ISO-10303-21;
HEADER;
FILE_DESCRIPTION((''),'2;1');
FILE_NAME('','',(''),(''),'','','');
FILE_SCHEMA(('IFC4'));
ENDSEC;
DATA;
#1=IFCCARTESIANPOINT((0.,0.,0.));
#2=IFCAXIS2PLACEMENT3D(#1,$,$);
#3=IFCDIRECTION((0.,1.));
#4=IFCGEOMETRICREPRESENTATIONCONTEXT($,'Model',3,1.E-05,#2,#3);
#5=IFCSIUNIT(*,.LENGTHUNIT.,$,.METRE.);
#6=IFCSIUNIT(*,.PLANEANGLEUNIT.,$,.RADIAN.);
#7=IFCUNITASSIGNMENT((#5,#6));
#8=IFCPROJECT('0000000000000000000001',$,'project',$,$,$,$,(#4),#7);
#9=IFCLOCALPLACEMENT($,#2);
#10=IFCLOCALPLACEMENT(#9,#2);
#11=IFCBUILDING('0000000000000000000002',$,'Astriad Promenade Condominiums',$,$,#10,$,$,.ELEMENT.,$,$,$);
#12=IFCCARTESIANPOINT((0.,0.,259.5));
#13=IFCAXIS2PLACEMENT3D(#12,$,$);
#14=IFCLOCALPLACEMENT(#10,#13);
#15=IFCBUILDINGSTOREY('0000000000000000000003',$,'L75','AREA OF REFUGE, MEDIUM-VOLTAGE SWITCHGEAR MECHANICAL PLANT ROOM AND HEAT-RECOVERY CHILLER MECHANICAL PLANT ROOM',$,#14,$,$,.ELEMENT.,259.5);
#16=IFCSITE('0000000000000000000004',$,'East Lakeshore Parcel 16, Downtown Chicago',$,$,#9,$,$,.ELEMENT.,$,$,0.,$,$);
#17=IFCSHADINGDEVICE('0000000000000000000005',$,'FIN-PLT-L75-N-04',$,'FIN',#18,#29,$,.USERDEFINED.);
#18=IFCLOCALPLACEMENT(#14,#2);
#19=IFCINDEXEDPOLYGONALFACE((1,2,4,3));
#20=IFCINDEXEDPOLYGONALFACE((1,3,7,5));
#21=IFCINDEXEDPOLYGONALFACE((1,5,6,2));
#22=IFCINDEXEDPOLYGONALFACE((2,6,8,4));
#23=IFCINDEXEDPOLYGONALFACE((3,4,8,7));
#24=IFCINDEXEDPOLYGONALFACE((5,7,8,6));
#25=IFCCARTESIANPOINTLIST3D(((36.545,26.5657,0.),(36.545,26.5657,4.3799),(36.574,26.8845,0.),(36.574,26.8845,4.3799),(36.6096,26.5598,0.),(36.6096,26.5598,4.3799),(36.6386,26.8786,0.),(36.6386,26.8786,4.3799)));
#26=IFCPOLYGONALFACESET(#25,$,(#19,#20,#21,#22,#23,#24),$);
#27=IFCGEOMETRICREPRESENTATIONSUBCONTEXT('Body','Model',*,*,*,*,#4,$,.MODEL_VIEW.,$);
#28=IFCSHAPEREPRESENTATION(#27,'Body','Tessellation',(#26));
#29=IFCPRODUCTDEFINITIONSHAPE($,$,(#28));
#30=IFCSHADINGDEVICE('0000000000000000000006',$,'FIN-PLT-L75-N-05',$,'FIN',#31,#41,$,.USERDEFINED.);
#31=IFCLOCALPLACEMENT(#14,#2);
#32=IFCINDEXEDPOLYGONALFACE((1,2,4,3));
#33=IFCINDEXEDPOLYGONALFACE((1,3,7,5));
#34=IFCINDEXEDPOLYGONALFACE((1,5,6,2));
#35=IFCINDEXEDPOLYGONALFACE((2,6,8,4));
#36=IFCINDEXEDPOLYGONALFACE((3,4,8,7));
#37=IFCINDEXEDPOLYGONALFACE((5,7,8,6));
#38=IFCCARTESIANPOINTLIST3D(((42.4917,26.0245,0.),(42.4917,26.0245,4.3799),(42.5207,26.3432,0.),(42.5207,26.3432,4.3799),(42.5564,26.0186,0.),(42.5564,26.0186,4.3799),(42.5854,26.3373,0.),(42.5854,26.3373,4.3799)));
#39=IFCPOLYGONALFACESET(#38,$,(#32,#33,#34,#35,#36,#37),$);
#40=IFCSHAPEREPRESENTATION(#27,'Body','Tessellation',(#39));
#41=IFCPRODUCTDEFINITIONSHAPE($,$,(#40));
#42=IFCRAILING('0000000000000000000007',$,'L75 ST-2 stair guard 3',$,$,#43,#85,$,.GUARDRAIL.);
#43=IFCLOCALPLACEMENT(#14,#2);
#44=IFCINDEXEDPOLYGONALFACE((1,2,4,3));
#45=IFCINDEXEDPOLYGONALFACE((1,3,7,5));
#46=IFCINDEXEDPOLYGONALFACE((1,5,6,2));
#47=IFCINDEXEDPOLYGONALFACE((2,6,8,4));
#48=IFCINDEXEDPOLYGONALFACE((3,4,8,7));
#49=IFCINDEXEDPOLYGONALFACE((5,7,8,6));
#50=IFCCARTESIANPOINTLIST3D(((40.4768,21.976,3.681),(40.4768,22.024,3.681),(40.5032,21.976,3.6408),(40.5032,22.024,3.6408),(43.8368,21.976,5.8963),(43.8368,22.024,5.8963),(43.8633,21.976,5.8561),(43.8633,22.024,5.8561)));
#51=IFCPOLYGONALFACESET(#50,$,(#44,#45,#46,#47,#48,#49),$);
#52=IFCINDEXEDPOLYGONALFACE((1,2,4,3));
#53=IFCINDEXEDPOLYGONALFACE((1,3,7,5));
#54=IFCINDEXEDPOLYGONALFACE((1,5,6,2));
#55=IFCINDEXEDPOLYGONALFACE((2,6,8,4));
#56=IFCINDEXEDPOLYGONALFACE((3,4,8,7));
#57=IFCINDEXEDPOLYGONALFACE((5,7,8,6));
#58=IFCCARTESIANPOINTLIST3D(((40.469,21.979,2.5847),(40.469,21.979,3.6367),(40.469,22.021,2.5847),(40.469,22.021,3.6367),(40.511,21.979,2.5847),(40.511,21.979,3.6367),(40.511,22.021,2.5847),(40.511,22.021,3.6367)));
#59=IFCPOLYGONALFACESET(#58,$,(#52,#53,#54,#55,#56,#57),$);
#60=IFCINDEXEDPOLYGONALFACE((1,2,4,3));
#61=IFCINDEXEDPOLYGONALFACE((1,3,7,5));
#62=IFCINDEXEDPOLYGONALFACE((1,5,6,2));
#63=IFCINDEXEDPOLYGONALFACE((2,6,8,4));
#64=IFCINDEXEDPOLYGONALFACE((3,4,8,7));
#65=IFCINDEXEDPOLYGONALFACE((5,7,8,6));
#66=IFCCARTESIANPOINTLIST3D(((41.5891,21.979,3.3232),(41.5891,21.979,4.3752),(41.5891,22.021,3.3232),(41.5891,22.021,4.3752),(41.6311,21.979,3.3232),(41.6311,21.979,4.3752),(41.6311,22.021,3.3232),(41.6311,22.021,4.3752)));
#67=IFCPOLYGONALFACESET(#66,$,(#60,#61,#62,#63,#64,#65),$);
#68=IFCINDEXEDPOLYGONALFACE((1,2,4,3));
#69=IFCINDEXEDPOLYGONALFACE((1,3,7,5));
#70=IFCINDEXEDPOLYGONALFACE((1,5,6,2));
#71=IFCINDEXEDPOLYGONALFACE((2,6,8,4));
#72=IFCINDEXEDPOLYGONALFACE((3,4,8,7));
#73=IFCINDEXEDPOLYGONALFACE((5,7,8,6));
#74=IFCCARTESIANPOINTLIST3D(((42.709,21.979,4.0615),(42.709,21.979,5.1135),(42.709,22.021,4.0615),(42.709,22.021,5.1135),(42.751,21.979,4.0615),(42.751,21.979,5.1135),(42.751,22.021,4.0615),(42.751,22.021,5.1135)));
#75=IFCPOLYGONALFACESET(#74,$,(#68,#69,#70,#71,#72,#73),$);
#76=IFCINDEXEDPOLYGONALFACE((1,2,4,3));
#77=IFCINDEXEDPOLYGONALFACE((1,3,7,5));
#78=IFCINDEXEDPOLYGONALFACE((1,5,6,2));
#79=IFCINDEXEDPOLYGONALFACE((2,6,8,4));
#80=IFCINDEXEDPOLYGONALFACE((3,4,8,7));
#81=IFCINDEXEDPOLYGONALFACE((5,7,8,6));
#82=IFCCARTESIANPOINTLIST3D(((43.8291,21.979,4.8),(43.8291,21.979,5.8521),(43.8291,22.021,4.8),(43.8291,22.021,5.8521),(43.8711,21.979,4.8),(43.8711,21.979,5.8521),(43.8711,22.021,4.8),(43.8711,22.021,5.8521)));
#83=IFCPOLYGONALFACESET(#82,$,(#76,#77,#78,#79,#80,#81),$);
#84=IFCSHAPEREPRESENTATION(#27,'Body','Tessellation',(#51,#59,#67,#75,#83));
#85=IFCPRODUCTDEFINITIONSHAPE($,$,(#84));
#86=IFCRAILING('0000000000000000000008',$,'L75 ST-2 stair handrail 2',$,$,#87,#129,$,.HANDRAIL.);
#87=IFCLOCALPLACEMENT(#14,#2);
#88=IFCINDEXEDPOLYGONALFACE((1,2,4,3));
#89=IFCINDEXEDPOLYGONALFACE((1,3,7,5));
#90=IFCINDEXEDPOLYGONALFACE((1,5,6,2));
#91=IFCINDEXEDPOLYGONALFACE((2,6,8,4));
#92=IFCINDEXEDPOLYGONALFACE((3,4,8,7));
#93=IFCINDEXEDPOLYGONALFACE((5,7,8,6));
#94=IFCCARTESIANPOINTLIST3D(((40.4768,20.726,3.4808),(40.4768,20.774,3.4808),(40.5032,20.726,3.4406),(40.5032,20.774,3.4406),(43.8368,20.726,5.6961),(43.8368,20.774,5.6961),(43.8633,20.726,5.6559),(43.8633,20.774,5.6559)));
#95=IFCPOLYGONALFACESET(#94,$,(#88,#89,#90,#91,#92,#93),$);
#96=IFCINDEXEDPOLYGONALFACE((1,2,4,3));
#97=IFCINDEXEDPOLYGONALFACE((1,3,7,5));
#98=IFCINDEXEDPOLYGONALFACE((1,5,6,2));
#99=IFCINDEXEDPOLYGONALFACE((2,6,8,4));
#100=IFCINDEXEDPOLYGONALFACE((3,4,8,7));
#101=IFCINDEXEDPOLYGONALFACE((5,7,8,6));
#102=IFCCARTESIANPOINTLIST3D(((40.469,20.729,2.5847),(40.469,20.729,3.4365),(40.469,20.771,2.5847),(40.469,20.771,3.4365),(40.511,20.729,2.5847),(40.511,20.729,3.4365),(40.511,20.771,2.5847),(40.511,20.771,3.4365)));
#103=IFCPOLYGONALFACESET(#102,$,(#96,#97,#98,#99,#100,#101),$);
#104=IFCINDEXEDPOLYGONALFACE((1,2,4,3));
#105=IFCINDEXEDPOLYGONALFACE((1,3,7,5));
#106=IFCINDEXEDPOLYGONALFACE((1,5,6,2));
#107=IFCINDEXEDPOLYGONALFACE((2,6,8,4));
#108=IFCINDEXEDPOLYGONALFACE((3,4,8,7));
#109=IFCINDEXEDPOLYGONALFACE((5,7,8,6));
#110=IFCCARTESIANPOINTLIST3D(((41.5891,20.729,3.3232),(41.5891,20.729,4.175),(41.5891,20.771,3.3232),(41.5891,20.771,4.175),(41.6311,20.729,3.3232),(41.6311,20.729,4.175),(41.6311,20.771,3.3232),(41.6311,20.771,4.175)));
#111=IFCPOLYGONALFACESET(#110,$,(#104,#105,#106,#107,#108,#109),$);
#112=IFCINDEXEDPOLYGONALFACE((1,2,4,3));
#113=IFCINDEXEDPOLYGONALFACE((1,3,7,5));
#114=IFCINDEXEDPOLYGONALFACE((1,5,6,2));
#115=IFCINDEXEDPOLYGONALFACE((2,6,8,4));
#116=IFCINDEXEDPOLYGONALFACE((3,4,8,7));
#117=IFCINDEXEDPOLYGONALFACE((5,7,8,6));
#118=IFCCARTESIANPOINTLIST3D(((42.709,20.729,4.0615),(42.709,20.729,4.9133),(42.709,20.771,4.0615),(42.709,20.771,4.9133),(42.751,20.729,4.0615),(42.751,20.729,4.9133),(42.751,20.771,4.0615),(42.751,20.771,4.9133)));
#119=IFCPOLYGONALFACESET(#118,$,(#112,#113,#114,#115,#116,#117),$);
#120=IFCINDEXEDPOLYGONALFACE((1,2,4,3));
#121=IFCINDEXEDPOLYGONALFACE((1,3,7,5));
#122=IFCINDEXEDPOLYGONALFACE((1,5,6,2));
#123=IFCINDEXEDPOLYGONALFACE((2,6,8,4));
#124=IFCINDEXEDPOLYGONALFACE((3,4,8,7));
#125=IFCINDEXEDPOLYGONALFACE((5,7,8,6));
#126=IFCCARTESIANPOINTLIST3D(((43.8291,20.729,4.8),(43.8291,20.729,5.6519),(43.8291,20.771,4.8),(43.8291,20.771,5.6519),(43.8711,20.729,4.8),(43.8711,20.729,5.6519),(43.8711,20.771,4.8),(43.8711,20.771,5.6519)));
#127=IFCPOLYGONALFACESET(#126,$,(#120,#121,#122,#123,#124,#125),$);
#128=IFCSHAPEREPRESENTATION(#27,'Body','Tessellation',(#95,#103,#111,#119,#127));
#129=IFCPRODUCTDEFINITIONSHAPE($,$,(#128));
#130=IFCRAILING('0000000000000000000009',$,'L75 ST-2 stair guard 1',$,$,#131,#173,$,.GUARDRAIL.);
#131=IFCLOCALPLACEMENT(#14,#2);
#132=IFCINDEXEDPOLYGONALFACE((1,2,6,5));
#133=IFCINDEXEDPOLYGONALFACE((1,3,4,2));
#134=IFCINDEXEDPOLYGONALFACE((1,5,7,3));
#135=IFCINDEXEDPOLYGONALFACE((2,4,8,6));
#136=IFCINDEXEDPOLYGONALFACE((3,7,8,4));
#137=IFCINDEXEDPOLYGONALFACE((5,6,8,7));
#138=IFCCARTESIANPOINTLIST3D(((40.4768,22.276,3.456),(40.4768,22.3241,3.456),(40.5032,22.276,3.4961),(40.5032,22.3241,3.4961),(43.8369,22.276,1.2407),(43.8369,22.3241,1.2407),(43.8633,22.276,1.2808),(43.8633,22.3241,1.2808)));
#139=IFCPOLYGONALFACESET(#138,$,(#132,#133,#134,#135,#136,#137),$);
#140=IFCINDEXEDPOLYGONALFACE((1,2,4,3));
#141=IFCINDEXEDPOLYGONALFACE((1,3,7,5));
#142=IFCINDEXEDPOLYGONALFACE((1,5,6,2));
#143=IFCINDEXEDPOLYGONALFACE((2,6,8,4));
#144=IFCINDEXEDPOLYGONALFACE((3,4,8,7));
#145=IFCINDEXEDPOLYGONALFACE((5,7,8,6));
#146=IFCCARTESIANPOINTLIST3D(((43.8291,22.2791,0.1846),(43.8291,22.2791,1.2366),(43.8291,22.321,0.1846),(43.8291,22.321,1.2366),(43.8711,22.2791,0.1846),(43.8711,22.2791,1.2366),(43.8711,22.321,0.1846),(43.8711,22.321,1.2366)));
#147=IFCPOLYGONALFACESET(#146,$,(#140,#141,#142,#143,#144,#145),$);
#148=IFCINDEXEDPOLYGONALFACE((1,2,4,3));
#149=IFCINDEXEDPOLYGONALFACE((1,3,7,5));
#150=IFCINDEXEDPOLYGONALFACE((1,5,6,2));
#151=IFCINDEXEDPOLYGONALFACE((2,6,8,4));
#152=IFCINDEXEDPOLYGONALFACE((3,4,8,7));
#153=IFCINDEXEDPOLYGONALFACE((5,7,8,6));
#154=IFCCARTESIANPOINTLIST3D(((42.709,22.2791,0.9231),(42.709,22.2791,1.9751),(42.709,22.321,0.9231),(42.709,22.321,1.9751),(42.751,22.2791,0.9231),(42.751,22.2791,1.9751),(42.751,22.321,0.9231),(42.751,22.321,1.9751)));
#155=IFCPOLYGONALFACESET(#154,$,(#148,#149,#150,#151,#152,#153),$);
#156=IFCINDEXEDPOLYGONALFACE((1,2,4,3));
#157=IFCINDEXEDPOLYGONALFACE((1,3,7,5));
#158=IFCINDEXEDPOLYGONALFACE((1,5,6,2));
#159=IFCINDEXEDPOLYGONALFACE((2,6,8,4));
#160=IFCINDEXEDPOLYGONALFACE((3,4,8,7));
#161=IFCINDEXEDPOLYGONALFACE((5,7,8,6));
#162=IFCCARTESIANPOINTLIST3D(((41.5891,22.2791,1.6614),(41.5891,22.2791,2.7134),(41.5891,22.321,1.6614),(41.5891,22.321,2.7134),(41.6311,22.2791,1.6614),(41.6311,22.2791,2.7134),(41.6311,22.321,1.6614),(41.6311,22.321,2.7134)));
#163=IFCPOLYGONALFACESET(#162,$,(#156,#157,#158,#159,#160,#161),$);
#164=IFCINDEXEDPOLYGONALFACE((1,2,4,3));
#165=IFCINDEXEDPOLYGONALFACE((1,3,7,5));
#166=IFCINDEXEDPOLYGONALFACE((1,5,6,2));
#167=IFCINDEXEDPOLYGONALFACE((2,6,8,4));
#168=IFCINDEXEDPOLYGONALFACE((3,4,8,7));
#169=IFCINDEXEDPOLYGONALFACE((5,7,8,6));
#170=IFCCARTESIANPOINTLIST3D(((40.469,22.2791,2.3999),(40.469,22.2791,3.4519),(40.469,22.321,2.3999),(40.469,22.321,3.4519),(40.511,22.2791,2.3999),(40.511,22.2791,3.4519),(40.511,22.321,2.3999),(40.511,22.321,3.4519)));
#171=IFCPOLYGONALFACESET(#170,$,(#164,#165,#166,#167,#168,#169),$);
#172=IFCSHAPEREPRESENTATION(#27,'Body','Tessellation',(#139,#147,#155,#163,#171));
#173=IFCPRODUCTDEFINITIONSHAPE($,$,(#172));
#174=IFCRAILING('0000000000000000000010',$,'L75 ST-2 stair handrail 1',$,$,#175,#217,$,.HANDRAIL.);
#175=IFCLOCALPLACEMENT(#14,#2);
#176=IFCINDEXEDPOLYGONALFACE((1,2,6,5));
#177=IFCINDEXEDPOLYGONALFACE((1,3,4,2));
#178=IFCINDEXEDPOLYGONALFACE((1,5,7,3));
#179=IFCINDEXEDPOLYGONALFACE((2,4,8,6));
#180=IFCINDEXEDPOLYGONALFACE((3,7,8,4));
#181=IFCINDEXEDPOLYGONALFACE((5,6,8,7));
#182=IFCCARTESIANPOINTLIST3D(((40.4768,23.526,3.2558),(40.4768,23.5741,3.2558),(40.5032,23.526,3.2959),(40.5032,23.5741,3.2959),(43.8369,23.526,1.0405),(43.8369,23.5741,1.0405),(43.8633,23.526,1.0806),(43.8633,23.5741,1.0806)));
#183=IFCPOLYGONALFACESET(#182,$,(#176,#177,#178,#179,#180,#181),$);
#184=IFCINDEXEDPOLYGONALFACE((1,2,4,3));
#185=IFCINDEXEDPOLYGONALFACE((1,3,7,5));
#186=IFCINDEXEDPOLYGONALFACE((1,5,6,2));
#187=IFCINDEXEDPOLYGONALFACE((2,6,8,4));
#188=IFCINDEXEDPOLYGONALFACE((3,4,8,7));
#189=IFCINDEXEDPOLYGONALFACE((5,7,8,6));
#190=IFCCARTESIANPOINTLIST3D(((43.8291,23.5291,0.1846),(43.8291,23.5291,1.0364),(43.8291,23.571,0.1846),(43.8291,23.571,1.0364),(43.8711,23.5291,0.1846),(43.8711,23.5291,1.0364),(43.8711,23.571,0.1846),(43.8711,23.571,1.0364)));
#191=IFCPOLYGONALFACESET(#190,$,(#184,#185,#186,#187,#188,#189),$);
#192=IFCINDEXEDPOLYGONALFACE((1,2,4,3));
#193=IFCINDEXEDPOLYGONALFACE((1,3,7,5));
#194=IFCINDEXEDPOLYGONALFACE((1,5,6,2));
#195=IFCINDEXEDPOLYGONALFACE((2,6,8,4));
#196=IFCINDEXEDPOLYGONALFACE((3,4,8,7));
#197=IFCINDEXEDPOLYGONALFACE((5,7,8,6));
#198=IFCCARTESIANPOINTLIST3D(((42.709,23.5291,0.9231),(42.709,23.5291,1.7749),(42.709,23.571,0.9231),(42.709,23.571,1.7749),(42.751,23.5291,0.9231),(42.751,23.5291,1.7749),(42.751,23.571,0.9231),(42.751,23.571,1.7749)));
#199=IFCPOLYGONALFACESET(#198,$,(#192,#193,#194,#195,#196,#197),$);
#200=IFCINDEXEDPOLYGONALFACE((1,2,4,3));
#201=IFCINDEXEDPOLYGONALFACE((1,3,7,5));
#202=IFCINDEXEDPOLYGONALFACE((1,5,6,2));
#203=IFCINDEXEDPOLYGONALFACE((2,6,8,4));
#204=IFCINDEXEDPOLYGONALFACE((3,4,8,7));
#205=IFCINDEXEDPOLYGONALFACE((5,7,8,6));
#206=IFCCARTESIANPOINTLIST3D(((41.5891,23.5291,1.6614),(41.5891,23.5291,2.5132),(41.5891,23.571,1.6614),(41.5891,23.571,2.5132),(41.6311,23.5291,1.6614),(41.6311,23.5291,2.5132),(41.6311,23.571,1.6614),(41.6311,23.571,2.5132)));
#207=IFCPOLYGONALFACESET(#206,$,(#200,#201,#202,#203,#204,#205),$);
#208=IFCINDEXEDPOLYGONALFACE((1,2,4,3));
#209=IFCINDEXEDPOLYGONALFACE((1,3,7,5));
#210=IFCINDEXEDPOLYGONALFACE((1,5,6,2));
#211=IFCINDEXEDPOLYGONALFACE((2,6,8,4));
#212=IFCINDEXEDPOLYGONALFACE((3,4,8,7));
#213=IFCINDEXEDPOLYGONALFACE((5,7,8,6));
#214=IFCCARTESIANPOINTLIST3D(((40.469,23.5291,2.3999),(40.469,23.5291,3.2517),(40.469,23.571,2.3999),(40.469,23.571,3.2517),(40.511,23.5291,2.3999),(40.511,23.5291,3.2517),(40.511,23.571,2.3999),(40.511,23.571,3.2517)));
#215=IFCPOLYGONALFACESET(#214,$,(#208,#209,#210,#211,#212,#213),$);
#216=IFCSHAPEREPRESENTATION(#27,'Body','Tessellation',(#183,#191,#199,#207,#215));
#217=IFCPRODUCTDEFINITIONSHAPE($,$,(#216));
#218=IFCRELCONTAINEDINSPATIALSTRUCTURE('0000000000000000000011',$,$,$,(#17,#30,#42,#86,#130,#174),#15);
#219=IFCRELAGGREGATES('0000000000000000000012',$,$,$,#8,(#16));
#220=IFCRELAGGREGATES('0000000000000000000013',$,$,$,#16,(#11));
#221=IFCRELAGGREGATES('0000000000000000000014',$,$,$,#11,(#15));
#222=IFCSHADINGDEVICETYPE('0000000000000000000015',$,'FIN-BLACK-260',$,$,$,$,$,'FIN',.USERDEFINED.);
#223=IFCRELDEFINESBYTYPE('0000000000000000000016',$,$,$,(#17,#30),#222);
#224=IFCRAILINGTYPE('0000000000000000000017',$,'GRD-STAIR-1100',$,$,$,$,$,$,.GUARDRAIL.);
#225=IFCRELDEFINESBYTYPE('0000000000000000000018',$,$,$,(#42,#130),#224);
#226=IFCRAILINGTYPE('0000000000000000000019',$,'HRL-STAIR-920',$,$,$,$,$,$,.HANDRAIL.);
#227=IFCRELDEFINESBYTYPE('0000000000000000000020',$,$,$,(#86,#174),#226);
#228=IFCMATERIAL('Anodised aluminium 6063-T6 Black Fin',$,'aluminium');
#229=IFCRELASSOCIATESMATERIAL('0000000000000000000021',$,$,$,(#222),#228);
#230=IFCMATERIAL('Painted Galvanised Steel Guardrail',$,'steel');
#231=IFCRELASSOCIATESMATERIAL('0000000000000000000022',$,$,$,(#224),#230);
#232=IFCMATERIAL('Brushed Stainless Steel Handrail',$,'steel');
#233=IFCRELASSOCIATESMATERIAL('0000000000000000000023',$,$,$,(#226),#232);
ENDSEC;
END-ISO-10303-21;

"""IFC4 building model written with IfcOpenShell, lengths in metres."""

from ifc_helpers import new_model, si_unit, direction, frame, origin, origin_2d, place, context, subcontext, project, spatial, rectangle, extrude, source, transform, mapped, material, type_object, type_shapes, element, save


model = new_model("IFC4")

# Units and contexts
model_context = context("Model", 3, precision=1e-05, world=origin(), true_north=direction((0.0, 1.0)))
body_context = subcontext(model_context, "Body", "Model", "MODEL_VIEW")
ifc_project = project(units=[si_unit("LENGTHUNIT", "METRE"), si_unit("PLANEANGLEUNIT", "RADIAN")], contexts=[model_context])

# Site, building, storey
site_placement = place(None, origin())
site = spatial("IfcSite", under=ifc_project, at=site_placement, Name="East Lakeshore Parcel 16, Downtown Chicago", CompositionType="ELEMENT", RefElevation=0.0)
building_placement = place(site_placement, origin())
building = spatial("IfcBuilding", under=site, at=building_placement, Name="Astriad Promenade Condominiums", CompositionType="ELEMENT")
storey_placement = place(building_placement, frame((0.0, 0.0, 259.5)))
storey = spatial("IfcBuildingStorey", under=building, at=storey_placement, Name="L75", Description="AREA OF REFUGE, MEDIUM-VOLTAGE SWITCHGEAR MECHANICAL PLANT ROOM AND HEAT-RECOVERY CHILLER MECHANICAL PLANT ROOM", CompositionType="ELEMENT", Elevation=259.5)

# Shading devices
ifc_material_1 = material(Name="Anodised aluminium 6063-T6 Black Fin", Category="aluminium")
shading_device_type_1 = type_object("IfcShadingDeviceType", Name="FIN-BLACK-260", ElementType="FIN", PredefinedType="USERDEFINED", material=ifc_material_1)
shared_shape_1 = source(origin(), body_context, "Body", "SweptSolid", [
    extrude(rectangle(XDim=0.0649, YDim=0.3201, at=origin_2d()), origin(), (0.0, 0.0, 1.0), 4.3799),
])
type_shapes(shading_device_type_1, [shared_shape_1])
for number, where, z_axis, x_axis, name in (
    (1, (36.5918, 26.7222, 0.0), (0.0, 0.0, 1.0), (0.995884, -0.090633, 0.0), "FIN-PLT-L75-N-04"),
    (2, (42.5386, 26.1809, 0.0), (0.0, 0.0, 1.0), (0.995884, -0.090633, 0.0), "FIN-PLT-L75-N-05"),
):
    element("IfcShadingDevice", number, at=place(storey_placement, frame(where, z_axis=z_axis, x_axis=x_axis)), inside=storey, type_object=shading_device_type_1, Name=name, ObjectType="FIN", PredefinedType="USERDEFINED", context=body_context, shape_type="MappedRepresentation", body=[
        mapped(shared_shape_1, transform((0.0, 0.0, 0.0), scale=1.0)),
    ])

# Railings
ifc_material_2 = material(Name="Painted Galvanised Steel Guardrail", Category="steel")
railing_type_1 = type_object("IfcRailingType", Name="GRD-STAIR-1100", PredefinedType="GUARDRAIL", material=ifc_material_2)
shared_shape_2 = source(origin(), body_context, "Body", "SweptSolid", [
    extrude(rectangle(XDim=0.0481, YDim=0.0481, at=origin_2d()), frame((0.0, 0.0, 1.0762), z_axis=(0.834876, 0.0, 0.550437), x_axis=(0.0, 1.0, 0.0)), (0.0, 0.0, 1.0), 4.0247),
    extrude(rectangle(XDim=0.042, YDim=0.042, at=origin_2d()), origin(), (0.0, 0.0, 1.0), 1.052),
    extrude(rectangle(XDim=0.042, YDim=0.042, at=origin_2d()), frame((1.1201, 0.0, 0.7385)), (0.0, 0.0, 1.0), 1.052),
    extrude(rectangle(XDim=0.042, YDim=0.042, at=origin_2d()), frame((2.24, 0.0, 1.4768)), (0.0, 0.0, 1.0), 1.052),
    extrude(rectangle(XDim=0.042, YDim=0.042, at=origin_2d()), frame((3.3601, 0.0, 2.2153)), (0.0, 0.0, 1.0), 1.052),
])
railing_1_placement = place(storey_placement, frame((40.49, 22.0, 2.5847)))
element("IfcRailing", 3, at=railing_1_placement, inside=storey, type_object=railing_type_1, Name="L75 ST-2 stair guard 3", PredefinedType="GUARDRAIL", context=body_context, shape_type="MappedRepresentation", body=[
    mapped(shared_shape_2, transform((0.0, 0.0, 0.0), scale=1.0)),
])
ifc_material_3 = material(Name="Brushed Stainless Steel Handrail", Category="steel")
railing_type_2 = type_object("IfcRailingType", Name="HRL-STAIR-920", PredefinedType="HANDRAIL", material=ifc_material_3)
shared_shape_3 = source(origin(), body_context, "Body", "SweptSolid", [
    extrude(rectangle(XDim=0.0481, YDim=0.0481, at=origin_2d()), frame((0.0, 0.0, 0.876), z_axis=(0.834876, 0.0, 0.550437), x_axis=(0.0, 1.0, 0.0)), (0.0, 0.0, 1.0), 4.0247),
    extrude(rectangle(XDim=0.042, YDim=0.042, at=origin_2d()), origin(), (0.0, 0.0, 1.0), 0.8518),
    extrude(rectangle(XDim=0.042, YDim=0.042, at=origin_2d()), frame((1.1201, 0.0, 0.7385)), (0.0, 0.0, 1.0), 0.8518),
    extrude(rectangle(XDim=0.042, YDim=0.042, at=origin_2d()), frame((2.24, 0.0, 1.4768)), (0.0, 0.0, 1.0), 0.8518),
    extrude(rectangle(XDim=0.042, YDim=0.042, at=origin_2d()), frame((3.3601, 0.0, 2.2153)), (0.0, 0.0, 1.0), 0.8518),
])
railing_2_placement = place(storey_placement, frame((40.49, 20.75, 2.5847)))
element("IfcRailing", 4, at=railing_2_placement, inside=storey, type_object=railing_type_2, Name="L75 ST-2 stair handrail 2", PredefinedType="HANDRAIL", context=body_context, shape_type="MappedRepresentation", body=[
    mapped(shared_shape_3, transform((0.0, 0.0, 0.0), scale=1.0)),
])
shared_shape_4 = source(origin(), body_context, "Body", "SweptSolid", [
    extrude(rectangle(XDim=0.0481, YDim=0.0481, at=origin_2d()), frame((0.0, 0.0, 1.0762), z_axis=(-0.834876, 0.0, 0.550437), x_axis=(0.0, -1.0, 0.0)), (0.0, 0.0, 1.0), 4.0247),
    extrude(rectangle(XDim=0.042, YDim=0.042, at=origin_2d()), origin(), (0.0, 0.0, 1.0), 1.052),
    extrude(rectangle(XDim=0.042, YDim=0.042, at=origin_2d()), frame((-1.1201, 0.0, 0.7385)), (0.0, 0.0, 1.0), 1.052),
    extrude(rectangle(XDim=0.042, YDim=0.042, at=origin_2d()), frame((-2.24, 0.0, 1.4768)), (0.0, 0.0, 1.0), 1.052),
    extrude(rectangle(XDim=0.042, YDim=0.042, at=origin_2d()), frame((-3.3601, 0.0, 2.2153)), (0.0, 0.0, 1.0), 1.052),
])
railing_3_placement = place(storey_placement, frame((43.8501, 22.3, 0.1846)))
element("IfcRailing", 5, at=railing_3_placement, inside=storey, type_object=railing_type_1, Name="L75 ST-2 stair guard 1", PredefinedType="GUARDRAIL", context=body_context, shape_type="MappedRepresentation", body=[
    mapped(shared_shape_4, transform((0.0, 0.0, 0.0), scale=1.0)),
])
shared_shape_5 = source(origin(), body_context, "Body", "SweptSolid", [
    extrude(rectangle(XDim=0.0481, YDim=0.0481, at=origin_2d()), frame((0.0, 0.0, 0.876), z_axis=(-0.834876, 0.0, 0.550437), x_axis=(0.0, -1.0, 0.0)), (0.0, 0.0, 1.0), 4.0247),
    extrude(rectangle(XDim=0.042, YDim=0.042, at=origin_2d()), origin(), (0.0, 0.0, 1.0), 0.8518),
    extrude(rectangle(XDim=0.042, YDim=0.042, at=origin_2d()), frame((-1.1201, 0.0, 0.7385)), (0.0, 0.0, 1.0), 0.8518),
    extrude(rectangle(XDim=0.042, YDim=0.042, at=origin_2d()), frame((-2.24, 0.0, 1.4768)), (0.0, 0.0, 1.0), 0.8518),
    extrude(rectangle(XDim=0.042, YDim=0.042, at=origin_2d()), frame((-3.3601, 0.0, 2.2153)), (0.0, 0.0, 1.0), 0.8518),
])
type_shapes(railing_type_2, [shared_shape_3, shared_shape_5])
railing_4_placement = place(storey_placement, frame((43.8501, 23.55, 0.1846)))
element("IfcRailing", 6, at=railing_4_placement, inside=storey, type_object=railing_type_2, Name="L75 ST-2 stair handrail 1", PredefinedType="HANDRAIL", context=body_context, shape_type="MappedRepresentation", body=[
    mapped(shared_shape_5, transform((0.0, 0.0, 0.0), scale=1.0)),
])

save(model, "model.ifc")
